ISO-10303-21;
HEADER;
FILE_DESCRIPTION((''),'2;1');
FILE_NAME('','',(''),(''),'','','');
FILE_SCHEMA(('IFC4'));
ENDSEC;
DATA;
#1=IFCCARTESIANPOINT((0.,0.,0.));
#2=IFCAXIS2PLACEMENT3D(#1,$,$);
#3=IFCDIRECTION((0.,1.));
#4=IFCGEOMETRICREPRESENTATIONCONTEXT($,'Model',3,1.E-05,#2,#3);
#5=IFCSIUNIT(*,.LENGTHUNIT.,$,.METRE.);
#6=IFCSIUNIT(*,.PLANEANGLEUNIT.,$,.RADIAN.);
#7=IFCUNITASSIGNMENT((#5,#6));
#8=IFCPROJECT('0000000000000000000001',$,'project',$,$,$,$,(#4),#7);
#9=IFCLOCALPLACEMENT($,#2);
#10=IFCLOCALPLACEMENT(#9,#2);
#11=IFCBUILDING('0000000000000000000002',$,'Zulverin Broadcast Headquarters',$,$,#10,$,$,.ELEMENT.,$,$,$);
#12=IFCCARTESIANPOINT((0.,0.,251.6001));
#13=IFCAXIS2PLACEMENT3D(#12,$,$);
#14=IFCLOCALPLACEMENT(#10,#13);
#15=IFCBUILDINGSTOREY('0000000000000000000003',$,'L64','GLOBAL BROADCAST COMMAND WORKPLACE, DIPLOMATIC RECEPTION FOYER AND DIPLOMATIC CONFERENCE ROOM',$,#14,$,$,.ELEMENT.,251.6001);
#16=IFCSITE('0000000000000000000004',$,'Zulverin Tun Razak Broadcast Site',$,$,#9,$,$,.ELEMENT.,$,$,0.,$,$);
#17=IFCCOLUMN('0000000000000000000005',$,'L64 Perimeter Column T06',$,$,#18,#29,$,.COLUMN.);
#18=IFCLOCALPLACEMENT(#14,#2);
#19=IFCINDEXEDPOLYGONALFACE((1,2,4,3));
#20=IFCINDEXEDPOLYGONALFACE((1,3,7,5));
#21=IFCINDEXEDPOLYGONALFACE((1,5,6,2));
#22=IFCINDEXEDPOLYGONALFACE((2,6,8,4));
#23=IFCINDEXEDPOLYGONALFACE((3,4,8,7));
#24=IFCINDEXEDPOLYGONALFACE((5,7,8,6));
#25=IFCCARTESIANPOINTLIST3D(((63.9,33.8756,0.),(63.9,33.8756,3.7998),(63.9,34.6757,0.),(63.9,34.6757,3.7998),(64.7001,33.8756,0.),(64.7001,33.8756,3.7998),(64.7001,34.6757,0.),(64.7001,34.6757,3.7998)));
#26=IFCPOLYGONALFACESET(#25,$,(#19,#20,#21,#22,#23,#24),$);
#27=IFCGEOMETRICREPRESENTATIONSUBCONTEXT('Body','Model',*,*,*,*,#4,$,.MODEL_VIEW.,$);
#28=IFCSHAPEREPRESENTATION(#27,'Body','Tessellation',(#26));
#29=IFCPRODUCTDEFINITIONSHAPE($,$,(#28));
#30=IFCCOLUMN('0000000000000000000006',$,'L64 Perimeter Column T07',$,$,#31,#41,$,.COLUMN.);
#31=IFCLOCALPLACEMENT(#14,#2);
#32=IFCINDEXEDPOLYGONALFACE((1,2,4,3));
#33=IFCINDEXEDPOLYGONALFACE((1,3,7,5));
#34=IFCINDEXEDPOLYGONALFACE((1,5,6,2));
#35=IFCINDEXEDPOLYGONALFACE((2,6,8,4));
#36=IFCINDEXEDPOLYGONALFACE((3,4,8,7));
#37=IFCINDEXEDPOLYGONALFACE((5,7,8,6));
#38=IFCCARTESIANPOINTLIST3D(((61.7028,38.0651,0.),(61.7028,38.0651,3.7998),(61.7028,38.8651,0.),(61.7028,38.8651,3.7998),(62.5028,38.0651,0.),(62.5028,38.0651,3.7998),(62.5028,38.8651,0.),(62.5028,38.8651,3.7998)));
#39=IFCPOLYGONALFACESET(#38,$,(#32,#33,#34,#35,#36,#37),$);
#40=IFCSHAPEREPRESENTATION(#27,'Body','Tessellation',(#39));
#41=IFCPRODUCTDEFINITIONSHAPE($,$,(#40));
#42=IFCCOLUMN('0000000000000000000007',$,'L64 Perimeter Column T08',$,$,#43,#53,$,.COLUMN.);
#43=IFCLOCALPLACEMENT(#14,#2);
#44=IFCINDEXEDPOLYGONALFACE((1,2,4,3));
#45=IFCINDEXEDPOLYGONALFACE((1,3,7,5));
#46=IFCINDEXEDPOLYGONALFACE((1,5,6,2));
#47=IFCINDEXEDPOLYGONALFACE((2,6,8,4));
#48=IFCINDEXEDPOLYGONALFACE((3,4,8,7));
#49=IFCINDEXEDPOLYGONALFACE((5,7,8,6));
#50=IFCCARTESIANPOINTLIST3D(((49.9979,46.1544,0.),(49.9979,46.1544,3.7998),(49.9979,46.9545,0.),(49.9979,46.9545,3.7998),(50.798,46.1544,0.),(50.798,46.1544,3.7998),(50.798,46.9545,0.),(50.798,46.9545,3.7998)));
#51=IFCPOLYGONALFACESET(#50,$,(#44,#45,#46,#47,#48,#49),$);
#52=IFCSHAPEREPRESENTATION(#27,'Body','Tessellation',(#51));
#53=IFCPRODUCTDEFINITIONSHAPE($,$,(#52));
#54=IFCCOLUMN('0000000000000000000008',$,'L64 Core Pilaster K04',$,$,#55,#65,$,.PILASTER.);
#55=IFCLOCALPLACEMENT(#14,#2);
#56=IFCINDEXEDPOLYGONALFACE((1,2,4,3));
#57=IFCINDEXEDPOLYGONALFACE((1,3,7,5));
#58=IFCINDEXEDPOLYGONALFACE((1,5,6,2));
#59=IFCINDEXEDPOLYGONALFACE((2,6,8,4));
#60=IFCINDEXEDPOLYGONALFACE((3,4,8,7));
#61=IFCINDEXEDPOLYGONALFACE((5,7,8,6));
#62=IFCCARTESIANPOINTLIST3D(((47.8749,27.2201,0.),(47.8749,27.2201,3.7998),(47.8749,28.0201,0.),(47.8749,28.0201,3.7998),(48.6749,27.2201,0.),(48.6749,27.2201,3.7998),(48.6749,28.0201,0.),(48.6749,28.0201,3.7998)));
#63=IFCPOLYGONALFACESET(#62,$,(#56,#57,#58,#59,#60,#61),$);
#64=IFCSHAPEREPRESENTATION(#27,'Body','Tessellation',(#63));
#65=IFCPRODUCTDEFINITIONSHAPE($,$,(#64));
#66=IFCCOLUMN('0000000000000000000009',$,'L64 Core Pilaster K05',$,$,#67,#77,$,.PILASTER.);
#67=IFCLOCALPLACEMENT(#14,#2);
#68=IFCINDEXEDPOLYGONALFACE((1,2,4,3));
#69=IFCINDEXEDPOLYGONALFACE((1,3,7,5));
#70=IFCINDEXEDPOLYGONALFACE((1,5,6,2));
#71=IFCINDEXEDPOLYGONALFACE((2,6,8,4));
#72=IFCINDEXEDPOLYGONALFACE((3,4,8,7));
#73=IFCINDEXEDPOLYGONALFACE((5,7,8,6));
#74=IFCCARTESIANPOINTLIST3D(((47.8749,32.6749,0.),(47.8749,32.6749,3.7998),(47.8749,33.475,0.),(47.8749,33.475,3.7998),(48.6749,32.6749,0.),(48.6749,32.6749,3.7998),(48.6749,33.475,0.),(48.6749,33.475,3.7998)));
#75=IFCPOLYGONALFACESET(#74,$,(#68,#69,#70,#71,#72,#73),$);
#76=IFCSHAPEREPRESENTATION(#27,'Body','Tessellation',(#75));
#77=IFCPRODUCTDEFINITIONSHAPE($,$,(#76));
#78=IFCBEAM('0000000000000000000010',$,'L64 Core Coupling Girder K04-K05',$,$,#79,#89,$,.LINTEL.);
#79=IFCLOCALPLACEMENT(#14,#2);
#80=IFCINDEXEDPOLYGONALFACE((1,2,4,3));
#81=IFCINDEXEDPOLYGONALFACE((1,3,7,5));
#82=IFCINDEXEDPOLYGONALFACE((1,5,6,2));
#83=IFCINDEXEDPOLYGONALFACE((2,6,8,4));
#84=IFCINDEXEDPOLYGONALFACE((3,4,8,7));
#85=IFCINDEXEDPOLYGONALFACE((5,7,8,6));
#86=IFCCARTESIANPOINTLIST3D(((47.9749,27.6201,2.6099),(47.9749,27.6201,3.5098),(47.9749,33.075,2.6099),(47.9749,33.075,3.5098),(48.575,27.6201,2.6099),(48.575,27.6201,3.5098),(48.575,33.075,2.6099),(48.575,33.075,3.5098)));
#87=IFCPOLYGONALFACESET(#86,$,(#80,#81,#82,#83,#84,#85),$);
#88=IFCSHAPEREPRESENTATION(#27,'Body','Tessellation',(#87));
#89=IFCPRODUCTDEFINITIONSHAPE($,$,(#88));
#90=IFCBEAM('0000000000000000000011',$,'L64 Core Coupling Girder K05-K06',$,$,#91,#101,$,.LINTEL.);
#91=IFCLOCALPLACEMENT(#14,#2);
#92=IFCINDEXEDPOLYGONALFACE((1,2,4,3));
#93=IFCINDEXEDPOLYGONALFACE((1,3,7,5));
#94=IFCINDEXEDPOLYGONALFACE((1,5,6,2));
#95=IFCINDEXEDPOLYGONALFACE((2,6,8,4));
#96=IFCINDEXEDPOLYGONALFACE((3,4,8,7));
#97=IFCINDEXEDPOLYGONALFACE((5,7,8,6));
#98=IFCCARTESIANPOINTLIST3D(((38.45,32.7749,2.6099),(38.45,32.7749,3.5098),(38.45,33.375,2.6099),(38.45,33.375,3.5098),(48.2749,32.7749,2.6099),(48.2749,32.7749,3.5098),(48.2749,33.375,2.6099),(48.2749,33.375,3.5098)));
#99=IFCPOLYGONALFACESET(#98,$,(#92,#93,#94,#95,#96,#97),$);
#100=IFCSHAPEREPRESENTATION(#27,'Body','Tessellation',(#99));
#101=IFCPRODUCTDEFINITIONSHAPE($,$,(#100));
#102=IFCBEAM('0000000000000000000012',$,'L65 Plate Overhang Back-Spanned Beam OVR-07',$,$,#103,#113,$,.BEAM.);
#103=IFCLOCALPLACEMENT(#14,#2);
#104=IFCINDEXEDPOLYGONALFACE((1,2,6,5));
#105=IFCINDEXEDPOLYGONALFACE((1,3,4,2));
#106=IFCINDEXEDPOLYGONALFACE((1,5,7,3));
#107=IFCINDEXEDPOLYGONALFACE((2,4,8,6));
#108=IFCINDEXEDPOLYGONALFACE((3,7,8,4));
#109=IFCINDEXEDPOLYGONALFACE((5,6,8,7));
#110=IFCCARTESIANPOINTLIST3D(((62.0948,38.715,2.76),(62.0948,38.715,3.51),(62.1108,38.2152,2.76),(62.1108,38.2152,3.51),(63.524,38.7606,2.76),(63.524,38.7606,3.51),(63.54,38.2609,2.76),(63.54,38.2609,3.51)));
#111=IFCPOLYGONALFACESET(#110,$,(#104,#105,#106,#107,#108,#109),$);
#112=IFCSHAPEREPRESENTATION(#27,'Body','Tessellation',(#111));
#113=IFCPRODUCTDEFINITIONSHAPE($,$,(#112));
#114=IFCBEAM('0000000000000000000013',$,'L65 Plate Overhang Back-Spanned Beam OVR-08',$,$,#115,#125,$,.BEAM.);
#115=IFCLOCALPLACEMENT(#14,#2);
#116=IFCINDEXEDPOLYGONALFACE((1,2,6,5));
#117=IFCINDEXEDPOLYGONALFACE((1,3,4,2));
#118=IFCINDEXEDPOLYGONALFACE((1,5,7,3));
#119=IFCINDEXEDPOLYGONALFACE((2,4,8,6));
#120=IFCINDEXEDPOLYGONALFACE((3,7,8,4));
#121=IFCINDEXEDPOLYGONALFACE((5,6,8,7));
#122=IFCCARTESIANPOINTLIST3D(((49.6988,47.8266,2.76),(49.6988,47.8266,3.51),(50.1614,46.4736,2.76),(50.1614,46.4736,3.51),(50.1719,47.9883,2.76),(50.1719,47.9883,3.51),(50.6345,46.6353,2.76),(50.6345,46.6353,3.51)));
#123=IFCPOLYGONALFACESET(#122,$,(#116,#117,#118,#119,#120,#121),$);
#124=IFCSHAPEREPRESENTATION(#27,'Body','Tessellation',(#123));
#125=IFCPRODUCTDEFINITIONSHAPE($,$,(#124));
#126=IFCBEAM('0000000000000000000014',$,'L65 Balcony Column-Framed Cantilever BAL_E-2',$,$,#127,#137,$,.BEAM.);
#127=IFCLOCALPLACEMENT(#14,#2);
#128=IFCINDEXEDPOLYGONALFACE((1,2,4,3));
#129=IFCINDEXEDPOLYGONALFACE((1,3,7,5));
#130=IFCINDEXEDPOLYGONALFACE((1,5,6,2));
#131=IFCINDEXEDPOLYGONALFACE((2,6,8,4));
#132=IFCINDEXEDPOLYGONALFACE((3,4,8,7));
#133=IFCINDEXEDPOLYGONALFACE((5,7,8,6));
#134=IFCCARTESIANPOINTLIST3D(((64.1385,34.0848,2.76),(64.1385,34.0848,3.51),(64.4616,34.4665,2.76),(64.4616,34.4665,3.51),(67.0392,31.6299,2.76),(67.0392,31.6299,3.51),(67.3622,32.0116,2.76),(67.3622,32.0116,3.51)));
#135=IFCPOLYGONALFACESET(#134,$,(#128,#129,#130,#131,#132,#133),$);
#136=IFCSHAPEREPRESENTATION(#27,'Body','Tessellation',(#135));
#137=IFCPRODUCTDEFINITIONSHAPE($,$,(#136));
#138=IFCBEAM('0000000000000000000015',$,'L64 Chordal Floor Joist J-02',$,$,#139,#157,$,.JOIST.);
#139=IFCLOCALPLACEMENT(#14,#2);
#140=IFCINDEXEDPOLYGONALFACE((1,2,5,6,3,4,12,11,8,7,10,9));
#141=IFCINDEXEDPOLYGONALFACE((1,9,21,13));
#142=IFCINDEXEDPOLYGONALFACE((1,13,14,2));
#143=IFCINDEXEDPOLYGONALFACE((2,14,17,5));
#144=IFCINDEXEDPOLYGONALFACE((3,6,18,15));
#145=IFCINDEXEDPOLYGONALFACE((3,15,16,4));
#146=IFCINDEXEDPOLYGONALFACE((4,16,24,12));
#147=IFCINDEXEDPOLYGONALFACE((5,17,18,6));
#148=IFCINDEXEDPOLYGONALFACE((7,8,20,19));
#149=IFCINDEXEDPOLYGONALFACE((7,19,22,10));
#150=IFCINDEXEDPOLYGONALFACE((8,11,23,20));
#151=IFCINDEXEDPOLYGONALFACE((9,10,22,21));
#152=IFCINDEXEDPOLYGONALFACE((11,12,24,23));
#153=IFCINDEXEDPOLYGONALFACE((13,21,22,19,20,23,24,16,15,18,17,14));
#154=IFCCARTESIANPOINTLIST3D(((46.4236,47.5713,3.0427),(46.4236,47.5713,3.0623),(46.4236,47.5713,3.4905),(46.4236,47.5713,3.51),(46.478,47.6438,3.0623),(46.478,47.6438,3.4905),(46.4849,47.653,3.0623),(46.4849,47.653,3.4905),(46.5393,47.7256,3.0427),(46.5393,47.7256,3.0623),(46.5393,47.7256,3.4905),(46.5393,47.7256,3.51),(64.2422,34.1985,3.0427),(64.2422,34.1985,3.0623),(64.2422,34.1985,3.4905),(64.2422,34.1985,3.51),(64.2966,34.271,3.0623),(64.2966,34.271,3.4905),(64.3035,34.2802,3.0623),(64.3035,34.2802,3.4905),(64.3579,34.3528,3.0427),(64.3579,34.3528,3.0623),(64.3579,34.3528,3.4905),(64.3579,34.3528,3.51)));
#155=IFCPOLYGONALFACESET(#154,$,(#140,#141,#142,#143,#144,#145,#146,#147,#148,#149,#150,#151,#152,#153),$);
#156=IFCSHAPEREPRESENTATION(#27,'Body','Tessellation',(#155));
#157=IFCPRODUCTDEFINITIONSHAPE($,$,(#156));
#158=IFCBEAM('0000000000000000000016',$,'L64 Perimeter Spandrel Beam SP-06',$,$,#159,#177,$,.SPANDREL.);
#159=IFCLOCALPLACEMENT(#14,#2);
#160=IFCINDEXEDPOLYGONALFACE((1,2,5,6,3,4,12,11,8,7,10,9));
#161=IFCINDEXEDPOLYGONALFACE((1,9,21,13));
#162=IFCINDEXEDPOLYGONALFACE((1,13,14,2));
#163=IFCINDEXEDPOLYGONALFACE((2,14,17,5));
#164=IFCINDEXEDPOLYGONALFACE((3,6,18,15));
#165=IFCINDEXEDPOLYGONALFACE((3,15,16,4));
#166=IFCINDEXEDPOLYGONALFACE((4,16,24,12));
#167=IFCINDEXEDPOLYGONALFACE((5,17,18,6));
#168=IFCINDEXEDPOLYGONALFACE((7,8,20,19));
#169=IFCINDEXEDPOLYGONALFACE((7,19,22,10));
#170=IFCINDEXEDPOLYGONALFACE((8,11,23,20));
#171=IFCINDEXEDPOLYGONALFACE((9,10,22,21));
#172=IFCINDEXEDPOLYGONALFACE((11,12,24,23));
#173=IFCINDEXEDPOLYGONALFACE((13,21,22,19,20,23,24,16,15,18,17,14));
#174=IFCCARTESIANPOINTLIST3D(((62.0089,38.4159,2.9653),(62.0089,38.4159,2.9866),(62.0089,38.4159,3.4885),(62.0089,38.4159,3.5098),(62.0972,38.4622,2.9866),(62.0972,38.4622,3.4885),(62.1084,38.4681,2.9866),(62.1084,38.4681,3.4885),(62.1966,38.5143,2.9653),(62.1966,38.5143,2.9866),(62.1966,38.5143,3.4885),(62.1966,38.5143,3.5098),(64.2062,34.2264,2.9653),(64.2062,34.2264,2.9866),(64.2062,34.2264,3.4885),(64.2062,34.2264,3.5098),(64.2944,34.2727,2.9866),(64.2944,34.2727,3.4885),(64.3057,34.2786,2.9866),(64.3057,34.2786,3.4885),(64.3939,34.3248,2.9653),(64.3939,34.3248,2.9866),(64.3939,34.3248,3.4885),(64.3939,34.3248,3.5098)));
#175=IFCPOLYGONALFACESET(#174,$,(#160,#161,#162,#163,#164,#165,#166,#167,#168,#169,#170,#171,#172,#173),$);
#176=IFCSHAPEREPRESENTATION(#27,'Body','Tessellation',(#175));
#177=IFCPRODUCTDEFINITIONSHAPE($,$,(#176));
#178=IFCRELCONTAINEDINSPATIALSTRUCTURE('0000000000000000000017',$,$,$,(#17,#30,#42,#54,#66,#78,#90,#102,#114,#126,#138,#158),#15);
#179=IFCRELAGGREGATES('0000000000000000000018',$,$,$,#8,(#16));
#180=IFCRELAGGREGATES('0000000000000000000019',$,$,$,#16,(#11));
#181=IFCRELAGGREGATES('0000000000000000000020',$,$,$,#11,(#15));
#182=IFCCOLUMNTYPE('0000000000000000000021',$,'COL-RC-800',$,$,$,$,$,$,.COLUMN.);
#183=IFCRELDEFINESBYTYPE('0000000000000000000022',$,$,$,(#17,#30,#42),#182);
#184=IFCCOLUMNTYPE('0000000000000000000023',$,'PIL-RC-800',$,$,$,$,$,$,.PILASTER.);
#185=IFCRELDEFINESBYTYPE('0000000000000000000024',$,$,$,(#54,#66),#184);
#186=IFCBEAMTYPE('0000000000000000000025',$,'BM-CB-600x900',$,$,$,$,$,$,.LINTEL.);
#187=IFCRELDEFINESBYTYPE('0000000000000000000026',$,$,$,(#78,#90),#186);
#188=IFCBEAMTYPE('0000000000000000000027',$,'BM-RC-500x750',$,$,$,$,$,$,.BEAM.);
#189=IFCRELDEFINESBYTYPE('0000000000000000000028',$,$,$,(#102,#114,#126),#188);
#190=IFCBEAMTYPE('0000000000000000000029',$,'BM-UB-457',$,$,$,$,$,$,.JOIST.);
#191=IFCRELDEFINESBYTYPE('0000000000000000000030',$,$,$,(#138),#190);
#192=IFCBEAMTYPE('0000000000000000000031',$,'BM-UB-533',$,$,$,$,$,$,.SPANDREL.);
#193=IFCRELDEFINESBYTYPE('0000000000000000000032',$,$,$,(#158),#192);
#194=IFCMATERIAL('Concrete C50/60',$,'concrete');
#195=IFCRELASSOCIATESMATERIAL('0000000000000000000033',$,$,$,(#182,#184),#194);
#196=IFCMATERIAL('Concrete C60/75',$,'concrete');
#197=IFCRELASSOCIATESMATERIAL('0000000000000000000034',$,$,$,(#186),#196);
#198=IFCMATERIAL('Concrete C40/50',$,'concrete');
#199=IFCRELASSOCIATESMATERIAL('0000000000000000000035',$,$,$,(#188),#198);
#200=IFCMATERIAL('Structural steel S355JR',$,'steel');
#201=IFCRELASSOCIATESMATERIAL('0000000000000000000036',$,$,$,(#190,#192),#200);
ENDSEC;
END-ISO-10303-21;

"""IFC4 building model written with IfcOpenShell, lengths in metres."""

from ifc_helpers import new_model, si_unit, direction, frame, origin, origin_2d, place, context, subcontext, project, spatial, rectangle, i_section, extrude, material, material_profile, profile_set, type_object, element, save


model = new_model("IFC4")

# Units and contexts
model_context = context("Model", 3, precision=1e-05, world=origin(), true_north=direction((0.0, 1.0)))
body_context = subcontext(model_context, "Body", "Model", "MODEL_VIEW")
ifc_project = project(units=[si_unit("LENGTHUNIT", "METRE"), si_unit("PLANEANGLEUNIT", "RADIAN")], contexts=[model_context])

# Site, building, storey
site_placement = place(None, origin())
site = spatial("IfcSite", under=ifc_project, at=site_placement, Name="Zulverin Tun Razak Broadcast Site", CompositionType="ELEMENT", RefElevation=0.0)
building_placement = place(site_placement, origin())
building = spatial("IfcBuilding", under=site, at=building_placement, Name="Zulverin Broadcast Headquarters", CompositionType="ELEMENT")
storey_placement = place(building_placement, frame((0.0, 0.0, 251.6001)))
storey = spatial("IfcBuildingStorey", under=building, at=storey_placement, Name="L64", Description="GLOBAL BROADCAST COMMAND WORKPLACE, DIPLOMATIC RECEPTION FOYER AND DIPLOMATIC CONFERENCE ROOM", CompositionType="ELEMENT", Elevation=251.6001)

# Columns
ifc_material_1 = material(Name="Concrete C50/60", Category="concrete")
ifc_material_profile_1 = material_profile(ifc_material_1, rectangle(XDim=0.8, YDim=0.8, at=origin_2d()), Name="Concrete C50/60", Category="concrete")
ifc_profile_set_1 = profile_set([ifc_material_profile_1], Name="Concrete C50/60")
column_type_1 = type_object("IfcColumnType", Name="COL-RC-800", PredefinedType="COLUMN", material=ifc_profile_set_1)
for number, where, z_axis, x_axis, name in (
    (1, (64.3, 34.2756, 0.0), (0.0, 0.0, 1.0), (1.0, 0.0, 0.0), "L64 Perimeter Column T06"),
    (2, (62.1028, 38.4651, 0.0), (0.0, 0.0, 1.0), (1.0, 0.0, 0.0), "L64 Perimeter Column T07"),
    (3, (50.3979, 46.5544, 0.0), (0.0, 0.0, 1.0), (1.0, 0.0, 0.0), "L64 Perimeter Column T08"),
):
    element("IfcColumn", number, at=place(storey_placement, frame(where, z_axis=z_axis, x_axis=x_axis)), inside=storey, type_object=column_type_1, Name=name, PredefinedType="COLUMN", context=body_context, shape_type="SweptSolid", body=[
        extrude(rectangle(XDim=0.8, YDim=0.8, at=origin_2d()), origin(), (0.0, 0.0, 1.0), 3.7998),
    ])
ifc_material_profile_2 = material_profile(ifc_material_1, rectangle(XDim=0.8, YDim=0.8, at=origin_2d()), Name="Concrete C50/60", Category="concrete")
ifc_profile_set_2 = profile_set([ifc_material_profile_2], Name="Concrete C50/60")
column_type_2 = type_object("IfcColumnType", Name="PIL-RC-800", PredefinedType="PILASTER", material=ifc_profile_set_2)
for number, where, z_axis, x_axis, name in (
    (4, (48.2749, 27.6201, 0.0), (0.0, 0.0, 1.0), (1.0, 0.0, 0.0), "L64 Core Pilaster K04"),
    (5, (48.2749, 33.075, 0.0), (0.0, 0.0, 1.0), (1.0, 0.0, 0.0), "L64 Core Pilaster K05"),
):
    element("IfcColumn", number, at=place(storey_placement, frame(where, z_axis=z_axis, x_axis=x_axis)), inside=storey, type_object=column_type_2, Name=name, PredefinedType="PILASTER", context=body_context, shape_type="SweptSolid", body=[
        extrude(rectangle(XDim=0.8, YDim=0.8, at=origin_2d()), origin(), (0.0, 0.0, 1.0), 3.7998),
    ])

# Beams
ifc_material_2 = material(Name="Concrete C60/75", Category="concrete")
ifc_material_profile_3 = material_profile(ifc_material_2, rectangle(XDim=0.6001, YDim=0.8999, at=origin_2d()), Name="Concrete C60/75", Category="concrete")
ifc_profile_set_3 = profile_set([ifc_material_profile_3], Name="Concrete C60/75")
beam_type_1 = type_object("IfcBeamType", Name="BM-CB-600x900", PredefinedType="LINTEL", material=ifc_profile_set_3)
beam_1_placement = place(storey_placement, frame((48.2749, 27.6201, 3.0598), z_axis=(0.0, 1.0, 0.0), x_axis=(-1.0, 0.0, 0.0)))
element("IfcBeam", 6, at=beam_1_placement, inside=storey, type_object=beam_type_1, Name="L64 Core Coupling Girder K04-K05", PredefinedType="LINTEL", context=body_context, shape_type="SweptSolid", body=[
    extrude(rectangle(XDim=0.6001, YDim=0.8999, at=origin_2d()), origin(), (0.0, 0.0, 1.0), 5.4548),
])
beam_2_placement = place(storey_placement, frame((48.2749, 33.075, 3.0598), z_axis=(-1.0, 0.0, 0.0), x_axis=(0.0, -1.0, 0.0)))
element("IfcBeam", 7, at=beam_2_placement, inside=storey, type_object=beam_type_1, Name="L64 Core Coupling Girder K05-K06", PredefinedType="LINTEL", context=body_context, shape_type="SweptSolid", body=[
    extrude(rectangle(XDim=0.6001, YDim=0.8999, at=origin_2d()), origin(), (0.0, 0.0, 1.0), 9.825),
])
ifc_material_3 = material(Name="Concrete C40/50", Category="concrete")
ifc_material_profile_4 = material_profile(ifc_material_3, rectangle(XDim=0.5, YDim=0.75, at=origin_2d()), Name="Concrete C40/50", Category="concrete")
ifc_profile_set_4 = profile_set([ifc_material_profile_4], Name="Concrete C40/50")
beam_type_2 = type_object("IfcBeamType", Name="BM-RC-500x750", PredefinedType="BEAM", material=ifc_profile_set_4)
for number, where, z_axis, x_axis, name in (
    (8, (62.1028, 38.4651, 3.135), (0.99949, 0.031928, 0.0), (-0.031928, 0.99949, 0.0), "L65 Plate Overhang Back-Spanned Beam OVR-07"),
    (9, (50.3979, 46.5544, 3.135), (-0.323543, 0.946214, 0.0), (-0.946214, -0.323543, 0.0), "L65 Plate Overhang Back-Spanned Beam OVR-08"),
):
    element("IfcBeam", number, at=place(storey_placement, frame(where, z_axis=z_axis, x_axis=x_axis)), inside=storey, type_object=beam_type_2, Name=name, PredefinedType="BEAM", context=body_context, shape_type="SweptSolid", body=[
        extrude(rectangle(XDim=0.5, YDim=0.75, at=origin_2d()), origin(), (0.0, 0.0, 1.0), 1.4299),
    ])
beam_3_placement = place(storey_placement, frame((64.3, 34.2756, 3.135), z_axis=(0.763328, -0.646011, 0.0), x_axis=(0.646011, 0.763328, 0.0)))
element("IfcBeam", 10, at=beam_3_placement, inside=storey, type_object=beam_type_2, Name="L65 Balcony Column-Framed Cantilever BAL_E-2", PredefinedType="BEAM", context=body_context, shape_type="SweptSolid", body=[
    extrude(rectangle(XDim=0.5, YDim=0.75, at=origin_2d()), origin(), (0.0, 0.0, 1.0), 3.8),
])
ifc_material_4 = material(Name="Structural steel S355JR", Category="steel")
ifc_material_profile_5 = material_profile(ifc_material_4, i_section(OverallWidth=0.1929, OverallDepth=0.4673, WebThickness=0.0115, FlangeThickness=0.0195, at=origin_2d()), Name="Structural steel S355JR", Category="steel")
ifc_profile_set_5 = profile_set([ifc_material_profile_5], Name="Structural steel S355JR")
beam_type_3 = type_object("IfcBeamType", Name="BM-UB-457", PredefinedType="JOIST", material=ifc_profile_set_5)
beam_4_placement = place(storey_placement, frame((64.3, 34.2756, 3.2764), z_axis=(-0.799809, 0.600254, 0.0), x_axis=(-0.600254, -0.799809, 0.0)))
element("IfcBeam", 11, at=beam_4_placement, inside=storey, type_object=beam_type_3, Name="L64 Chordal Floor Joist J-02", PredefinedType="JOIST", context=body_context, shape_type="SweptSolid", body=[
    extrude(i_section(OverallWidth=0.1929, OverallDepth=0.4673, WebThickness=0.0115, FlangeThickness=0.0195, at=origin_2d()), origin(), (0.0, 0.0, 1.0), 22.2786),
])
ifc_material_profile_6 = material_profile(ifc_material_4, i_section(OverallWidth=0.2119, OverallDepth=0.5444, WebThickness=0.0127, FlangeThickness=0.0212, at=origin_2d()), Name="Structural steel S355JR", Category="steel")
ifc_profile_set_6 = profile_set([ifc_material_profile_6], Name="Structural steel S355JR")
beam_type_4 = type_object("IfcBeamType", Name="BM-UB-533", PredefinedType="SPANDREL", material=ifc_profile_set_6)
beam_5_placement = place(storey_placement, frame((64.3, 34.2756, 3.2375), z_axis=(-0.46447, 0.885589, 0.0), x_axis=(-0.885589, -0.46447, 0.0)))
element("IfcBeam", 12, at=beam_5_placement, inside=storey, type_object=beam_type_4, Name="L64 Perimeter Spandrel Beam SP-06", PredefinedType="SPANDREL", context=body_context, shape_type="SweptSolid", body=[
    extrude(i_section(OverallWidth=0.2119, OverallDepth=0.5444, WebThickness=0.0127, FlangeThickness=0.0212, at=origin_2d()), origin(), (0.0, 0.0, 1.0), 4.7307),
])

save(model, "model.ifc")
